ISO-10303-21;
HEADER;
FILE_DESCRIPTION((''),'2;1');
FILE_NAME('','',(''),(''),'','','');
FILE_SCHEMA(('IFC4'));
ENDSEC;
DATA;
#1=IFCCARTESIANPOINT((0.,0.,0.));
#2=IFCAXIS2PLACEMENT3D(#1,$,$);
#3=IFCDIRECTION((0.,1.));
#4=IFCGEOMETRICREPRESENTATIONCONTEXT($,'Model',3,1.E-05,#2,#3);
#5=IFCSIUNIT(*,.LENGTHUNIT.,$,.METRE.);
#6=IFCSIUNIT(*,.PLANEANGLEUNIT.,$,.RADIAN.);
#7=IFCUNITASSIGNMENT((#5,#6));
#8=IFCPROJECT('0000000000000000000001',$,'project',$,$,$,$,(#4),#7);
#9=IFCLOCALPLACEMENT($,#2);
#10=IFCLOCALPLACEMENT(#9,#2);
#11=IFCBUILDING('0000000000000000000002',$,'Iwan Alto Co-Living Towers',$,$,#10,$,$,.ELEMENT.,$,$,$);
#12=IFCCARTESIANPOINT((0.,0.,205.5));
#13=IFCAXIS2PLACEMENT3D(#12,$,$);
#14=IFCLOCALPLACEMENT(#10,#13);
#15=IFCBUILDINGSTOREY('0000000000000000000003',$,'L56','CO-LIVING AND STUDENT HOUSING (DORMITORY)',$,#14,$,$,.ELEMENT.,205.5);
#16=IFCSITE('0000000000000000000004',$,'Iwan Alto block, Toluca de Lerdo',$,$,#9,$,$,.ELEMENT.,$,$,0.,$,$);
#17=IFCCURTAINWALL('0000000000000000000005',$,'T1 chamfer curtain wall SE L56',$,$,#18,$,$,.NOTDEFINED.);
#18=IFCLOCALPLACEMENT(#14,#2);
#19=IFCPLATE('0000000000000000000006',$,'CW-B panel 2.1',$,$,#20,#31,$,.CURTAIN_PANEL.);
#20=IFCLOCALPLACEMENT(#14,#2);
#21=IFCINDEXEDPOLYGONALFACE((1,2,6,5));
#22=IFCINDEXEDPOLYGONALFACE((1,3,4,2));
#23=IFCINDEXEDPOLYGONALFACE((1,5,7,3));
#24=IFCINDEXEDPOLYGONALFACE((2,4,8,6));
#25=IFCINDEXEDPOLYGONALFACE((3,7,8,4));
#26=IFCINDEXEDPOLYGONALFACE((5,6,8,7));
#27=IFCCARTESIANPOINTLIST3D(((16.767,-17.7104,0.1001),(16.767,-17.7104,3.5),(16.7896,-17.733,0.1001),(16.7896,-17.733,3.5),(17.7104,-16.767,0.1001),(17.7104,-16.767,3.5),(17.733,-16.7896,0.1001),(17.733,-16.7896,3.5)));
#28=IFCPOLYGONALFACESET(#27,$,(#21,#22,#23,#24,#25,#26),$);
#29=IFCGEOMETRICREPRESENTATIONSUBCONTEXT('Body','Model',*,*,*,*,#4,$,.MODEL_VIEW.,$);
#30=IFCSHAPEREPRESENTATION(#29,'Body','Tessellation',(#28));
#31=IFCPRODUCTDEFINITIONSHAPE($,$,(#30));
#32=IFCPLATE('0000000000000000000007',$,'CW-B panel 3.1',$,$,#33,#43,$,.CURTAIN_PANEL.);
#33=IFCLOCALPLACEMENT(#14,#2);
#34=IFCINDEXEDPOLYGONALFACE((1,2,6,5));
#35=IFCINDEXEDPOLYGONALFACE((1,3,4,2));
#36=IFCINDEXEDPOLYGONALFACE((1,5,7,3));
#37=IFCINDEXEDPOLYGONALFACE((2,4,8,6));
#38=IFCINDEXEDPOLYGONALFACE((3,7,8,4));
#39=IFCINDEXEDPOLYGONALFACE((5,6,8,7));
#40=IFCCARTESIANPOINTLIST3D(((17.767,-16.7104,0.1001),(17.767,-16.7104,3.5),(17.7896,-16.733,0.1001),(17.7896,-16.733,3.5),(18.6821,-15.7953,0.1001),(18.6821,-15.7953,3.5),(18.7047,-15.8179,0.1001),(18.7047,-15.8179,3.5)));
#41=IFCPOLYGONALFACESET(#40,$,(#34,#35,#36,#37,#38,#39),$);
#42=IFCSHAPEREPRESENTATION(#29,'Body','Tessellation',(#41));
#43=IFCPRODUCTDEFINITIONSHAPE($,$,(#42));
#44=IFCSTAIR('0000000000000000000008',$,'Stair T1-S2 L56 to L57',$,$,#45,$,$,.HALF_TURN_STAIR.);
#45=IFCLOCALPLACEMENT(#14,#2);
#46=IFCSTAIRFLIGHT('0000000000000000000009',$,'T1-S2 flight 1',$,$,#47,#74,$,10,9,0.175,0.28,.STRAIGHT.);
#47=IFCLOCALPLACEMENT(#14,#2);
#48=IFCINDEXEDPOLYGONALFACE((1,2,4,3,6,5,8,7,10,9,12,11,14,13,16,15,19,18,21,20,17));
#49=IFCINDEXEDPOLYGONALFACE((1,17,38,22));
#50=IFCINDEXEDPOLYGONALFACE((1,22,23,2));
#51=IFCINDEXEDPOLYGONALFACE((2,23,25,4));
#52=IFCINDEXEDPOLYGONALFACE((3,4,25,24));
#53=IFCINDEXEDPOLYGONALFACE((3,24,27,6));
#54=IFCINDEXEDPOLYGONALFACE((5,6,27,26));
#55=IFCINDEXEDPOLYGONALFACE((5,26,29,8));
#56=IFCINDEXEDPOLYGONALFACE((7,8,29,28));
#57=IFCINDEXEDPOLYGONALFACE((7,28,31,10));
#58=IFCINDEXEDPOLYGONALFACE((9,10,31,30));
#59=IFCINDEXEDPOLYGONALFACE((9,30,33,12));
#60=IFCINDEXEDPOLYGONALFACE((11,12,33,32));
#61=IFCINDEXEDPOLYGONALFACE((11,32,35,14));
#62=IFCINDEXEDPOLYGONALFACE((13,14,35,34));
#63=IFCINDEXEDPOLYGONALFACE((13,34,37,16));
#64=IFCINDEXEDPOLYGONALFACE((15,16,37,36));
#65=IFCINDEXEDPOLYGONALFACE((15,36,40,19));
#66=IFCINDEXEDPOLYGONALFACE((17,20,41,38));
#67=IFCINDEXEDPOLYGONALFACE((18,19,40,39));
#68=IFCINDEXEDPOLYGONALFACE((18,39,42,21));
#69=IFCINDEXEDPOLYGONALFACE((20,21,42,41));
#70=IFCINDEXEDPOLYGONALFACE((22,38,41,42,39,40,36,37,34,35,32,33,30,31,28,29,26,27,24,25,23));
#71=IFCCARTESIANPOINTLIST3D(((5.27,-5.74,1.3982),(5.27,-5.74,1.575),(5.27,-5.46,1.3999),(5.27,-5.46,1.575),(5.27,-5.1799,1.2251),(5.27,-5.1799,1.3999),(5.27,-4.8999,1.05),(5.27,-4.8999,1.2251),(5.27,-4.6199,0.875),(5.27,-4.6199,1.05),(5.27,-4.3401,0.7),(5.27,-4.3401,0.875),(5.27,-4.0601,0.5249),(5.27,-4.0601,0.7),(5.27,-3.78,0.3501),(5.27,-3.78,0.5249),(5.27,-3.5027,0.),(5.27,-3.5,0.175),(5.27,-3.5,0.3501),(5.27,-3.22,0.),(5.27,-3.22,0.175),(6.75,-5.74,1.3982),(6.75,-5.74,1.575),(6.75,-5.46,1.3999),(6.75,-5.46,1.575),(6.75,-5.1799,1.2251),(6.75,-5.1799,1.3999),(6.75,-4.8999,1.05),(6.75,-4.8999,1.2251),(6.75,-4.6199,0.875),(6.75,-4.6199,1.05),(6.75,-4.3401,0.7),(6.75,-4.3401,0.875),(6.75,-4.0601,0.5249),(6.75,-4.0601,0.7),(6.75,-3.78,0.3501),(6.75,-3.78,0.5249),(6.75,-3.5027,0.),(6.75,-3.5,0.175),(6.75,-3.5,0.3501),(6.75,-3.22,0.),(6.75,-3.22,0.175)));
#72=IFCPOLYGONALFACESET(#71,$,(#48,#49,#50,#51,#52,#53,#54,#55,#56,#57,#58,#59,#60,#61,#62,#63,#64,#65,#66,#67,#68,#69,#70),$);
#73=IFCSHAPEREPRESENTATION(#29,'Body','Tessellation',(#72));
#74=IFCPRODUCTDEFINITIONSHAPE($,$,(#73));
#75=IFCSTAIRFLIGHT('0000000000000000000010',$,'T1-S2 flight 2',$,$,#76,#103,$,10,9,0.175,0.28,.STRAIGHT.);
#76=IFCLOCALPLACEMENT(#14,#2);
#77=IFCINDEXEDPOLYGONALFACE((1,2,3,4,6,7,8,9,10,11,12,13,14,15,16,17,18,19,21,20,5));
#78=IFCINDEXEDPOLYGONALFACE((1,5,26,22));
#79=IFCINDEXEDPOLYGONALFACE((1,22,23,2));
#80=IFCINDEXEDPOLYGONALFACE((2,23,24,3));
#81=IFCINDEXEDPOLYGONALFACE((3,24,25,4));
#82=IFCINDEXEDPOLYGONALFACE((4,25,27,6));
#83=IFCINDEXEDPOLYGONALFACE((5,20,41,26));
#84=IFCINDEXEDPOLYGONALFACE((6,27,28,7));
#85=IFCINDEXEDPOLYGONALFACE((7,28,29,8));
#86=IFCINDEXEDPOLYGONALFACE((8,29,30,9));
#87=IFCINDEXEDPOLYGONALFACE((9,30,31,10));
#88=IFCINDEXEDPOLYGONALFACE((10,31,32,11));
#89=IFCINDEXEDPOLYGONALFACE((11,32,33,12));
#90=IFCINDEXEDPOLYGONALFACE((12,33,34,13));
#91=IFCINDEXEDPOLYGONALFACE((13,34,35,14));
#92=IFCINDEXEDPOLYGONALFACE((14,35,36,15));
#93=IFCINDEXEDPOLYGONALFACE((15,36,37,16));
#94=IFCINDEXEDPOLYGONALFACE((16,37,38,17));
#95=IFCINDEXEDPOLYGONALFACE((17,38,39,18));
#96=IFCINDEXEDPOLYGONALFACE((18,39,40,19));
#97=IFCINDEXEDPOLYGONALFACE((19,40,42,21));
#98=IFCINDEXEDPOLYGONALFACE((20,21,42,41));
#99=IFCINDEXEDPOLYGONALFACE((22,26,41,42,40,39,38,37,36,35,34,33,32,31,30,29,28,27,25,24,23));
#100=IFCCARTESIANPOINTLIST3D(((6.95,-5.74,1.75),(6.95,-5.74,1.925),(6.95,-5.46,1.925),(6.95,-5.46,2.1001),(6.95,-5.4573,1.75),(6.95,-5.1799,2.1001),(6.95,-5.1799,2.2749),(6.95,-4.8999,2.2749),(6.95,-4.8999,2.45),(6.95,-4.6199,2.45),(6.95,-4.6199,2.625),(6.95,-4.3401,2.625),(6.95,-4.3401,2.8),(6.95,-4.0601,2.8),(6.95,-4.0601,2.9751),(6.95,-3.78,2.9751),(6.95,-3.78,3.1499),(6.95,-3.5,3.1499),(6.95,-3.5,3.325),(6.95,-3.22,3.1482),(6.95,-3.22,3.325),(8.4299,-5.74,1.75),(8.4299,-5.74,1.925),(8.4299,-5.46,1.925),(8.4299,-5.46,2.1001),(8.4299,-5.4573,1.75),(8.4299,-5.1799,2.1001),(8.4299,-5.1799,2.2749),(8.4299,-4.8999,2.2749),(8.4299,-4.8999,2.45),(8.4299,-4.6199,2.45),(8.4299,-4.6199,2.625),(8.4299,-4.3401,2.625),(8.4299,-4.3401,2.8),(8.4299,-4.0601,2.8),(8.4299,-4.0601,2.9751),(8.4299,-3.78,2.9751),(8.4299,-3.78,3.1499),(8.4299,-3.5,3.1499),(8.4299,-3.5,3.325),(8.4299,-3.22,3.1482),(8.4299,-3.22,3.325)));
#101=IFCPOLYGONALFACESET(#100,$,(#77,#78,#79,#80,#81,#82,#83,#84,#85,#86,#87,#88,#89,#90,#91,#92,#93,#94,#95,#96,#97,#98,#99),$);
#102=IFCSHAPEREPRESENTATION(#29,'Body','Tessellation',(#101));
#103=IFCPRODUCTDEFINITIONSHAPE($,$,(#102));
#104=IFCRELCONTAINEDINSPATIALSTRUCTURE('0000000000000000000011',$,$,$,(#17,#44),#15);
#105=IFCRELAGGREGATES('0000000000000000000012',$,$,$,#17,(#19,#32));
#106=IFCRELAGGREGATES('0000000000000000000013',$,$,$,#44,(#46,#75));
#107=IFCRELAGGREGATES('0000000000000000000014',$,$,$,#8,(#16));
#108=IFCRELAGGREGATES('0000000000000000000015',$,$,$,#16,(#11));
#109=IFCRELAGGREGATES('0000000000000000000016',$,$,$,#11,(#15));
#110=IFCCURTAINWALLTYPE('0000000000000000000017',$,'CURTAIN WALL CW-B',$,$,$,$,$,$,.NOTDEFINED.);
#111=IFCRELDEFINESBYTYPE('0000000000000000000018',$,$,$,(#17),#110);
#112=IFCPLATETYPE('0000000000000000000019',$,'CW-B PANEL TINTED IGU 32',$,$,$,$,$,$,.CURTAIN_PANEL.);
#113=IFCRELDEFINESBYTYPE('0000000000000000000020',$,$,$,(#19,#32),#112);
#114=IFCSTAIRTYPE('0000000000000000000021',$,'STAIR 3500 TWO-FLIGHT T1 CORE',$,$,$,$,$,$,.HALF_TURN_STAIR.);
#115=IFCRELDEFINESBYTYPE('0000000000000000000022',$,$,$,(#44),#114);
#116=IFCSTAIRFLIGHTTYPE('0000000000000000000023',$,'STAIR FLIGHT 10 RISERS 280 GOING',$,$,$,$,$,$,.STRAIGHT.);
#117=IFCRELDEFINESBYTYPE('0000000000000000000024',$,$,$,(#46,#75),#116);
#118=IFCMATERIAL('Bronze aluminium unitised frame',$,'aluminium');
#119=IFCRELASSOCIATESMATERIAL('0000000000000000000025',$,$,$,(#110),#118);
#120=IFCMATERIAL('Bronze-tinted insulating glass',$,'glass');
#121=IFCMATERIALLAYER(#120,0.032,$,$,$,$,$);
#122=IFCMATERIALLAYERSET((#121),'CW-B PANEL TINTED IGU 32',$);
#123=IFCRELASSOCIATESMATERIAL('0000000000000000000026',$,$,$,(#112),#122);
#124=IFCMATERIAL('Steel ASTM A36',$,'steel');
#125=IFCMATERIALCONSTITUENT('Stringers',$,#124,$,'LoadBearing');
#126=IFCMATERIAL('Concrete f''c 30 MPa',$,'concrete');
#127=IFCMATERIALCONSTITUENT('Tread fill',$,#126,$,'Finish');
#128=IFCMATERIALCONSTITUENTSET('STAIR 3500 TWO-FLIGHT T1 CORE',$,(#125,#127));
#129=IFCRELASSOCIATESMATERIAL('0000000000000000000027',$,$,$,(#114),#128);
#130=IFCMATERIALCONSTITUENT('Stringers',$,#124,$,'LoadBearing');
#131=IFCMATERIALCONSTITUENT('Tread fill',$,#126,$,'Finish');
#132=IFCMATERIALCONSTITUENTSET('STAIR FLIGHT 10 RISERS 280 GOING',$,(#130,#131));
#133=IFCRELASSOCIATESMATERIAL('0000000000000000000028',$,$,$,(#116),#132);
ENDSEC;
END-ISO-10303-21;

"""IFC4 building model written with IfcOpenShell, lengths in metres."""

from ifc_helpers import new_model, si_unit, direction, frame, origin, origin_2d, place, context, subcontext, project, spatial, polyline, rectangle, outline, extrude, material, layer, layer_set, constituent, constituent_set, type_object, element, aggregate, save


model = new_model("IFC4")

# Units and contexts
model_context = context("Model", 3, precision=1e-05, world=origin(), true_north=direction((0.0, 1.0)))
body_context = subcontext(model_context, "Body", "Model", "MODEL_VIEW")
ifc_project = project(units=[si_unit("LENGTHUNIT", "METRE"), si_unit("PLANEANGLEUNIT", "RADIAN")], contexts=[model_context])

# Site, building, storey
site_placement = place(None, origin())
site = spatial("IfcSite", under=ifc_project, at=site_placement, Name="Iwan Alto block, Toluca de Lerdo", CompositionType="ELEMENT", RefElevation=0.0)
building_placement = place(site_placement, origin())
building = spatial("IfcBuilding", under=site, at=building_placement, Name="Iwan Alto Co-Living Towers", CompositionType="ELEMENT")
storey_placement = place(building_placement, frame((0.0, 0.0, 205.5)))
storey = spatial("IfcBuildingStorey", under=building, at=storey_placement, Name="L56", Description="CO-LIVING AND STUDENT HOUSING (DORMITORY)", CompositionType="ELEMENT", Elevation=205.5)

# Curtain wall
ifc_material_1 = material(Name="Bronze aluminium unitised frame", Category="aluminium")
curtain_wall_type_1 = type_object("IfcCurtainWallType", Name="CURTAIN WALL CW-B", PredefinedType="NOTDEFINED", material=ifc_material_1)
curtain_wall_1_placement = place(storey_placement, origin())
curtain_wall_1 = element("IfcCurtainWall", 1, at=curtain_wall_1_placement, inside=storey, type_object=curtain_wall_type_1, Name="T1 chamfer curtain wall SE L56", PredefinedType="NOTDEFINED")

# Plates
ifc_material_2 = material(Name="Bronze-tinted insulating glass", Category="glass")
ifc_layer_1 = layer(ifc_material_2, 0.032)
ifc_layer_set_1 = layer_set([ifc_layer_1], Name="CW-B PANEL TINTED IGU 32")
plate_type_1 = type_object("IfcPlateType", Name="CW-B PANEL TINTED IGU 32", PredefinedType="CURTAIN_PANEL", material=ifc_layer_set_1)
plate_1_placement = place(storey_placement, frame((17.25, -17.25, 0.1001), z_axis=(0.0, 0.0, 1.0), x_axis=(0.707107, 0.707107, 0.0)))
plate_1 = element("IfcPlate", 2, at=plate_1_placement, type_object=plate_type_1, Name="CW-B panel 2.1", PredefinedType="CURTAIN_PANEL", context=body_context, shape_type="SweptSolid", body=[
    extrude(rectangle(XDim=1.3342, YDim=0.032, at=origin_2d()), origin(), (0.0, 0.0, 1.0), 3.3999),
])
plate_2_placement = place(storey_placement, frame((18.2358, -16.2642, 0.1001), z_axis=(0.0, 0.0, 1.0), x_axis=(0.707107, 0.707107, 0.0)))
plate_2 = element("IfcPlate", 3, at=plate_2_placement, type_object=plate_type_1, Name="CW-B panel 3.1", PredefinedType="CURTAIN_PANEL", context=body_context, shape_type="SweptSolid", body=[
    extrude(rectangle(XDim=1.2942, YDim=0.032, at=origin_2d()), origin(), (0.0, 0.0, 1.0), 3.3999),
])
aggregate(curtain_wall_1, [plate_1, plate_2])

# Stair, stair flights
ifc_material_3 = material(Name="Steel ASTM A36", Category="steel")
ifc_constituent_1 = constituent(ifc_material_3, Name="Stringers", Category="LoadBearing")
ifc_material_4 = material(Name="Concrete f'c 30 MPa", Category="concrete")
ifc_constituent_2 = constituent(ifc_material_4, Name="Tread fill", Category="Finish")
ifc_constituent_set_1 = constituent_set(constituents=[ifc_constituent_1, ifc_constituent_2], Name="STAIR 3500 TWO-FLIGHT T1 CORE")
stair_type = type_object("IfcStairType", Name="STAIR 3500 TWO-FLIGHT T1 CORE", PredefinedType="HALF_TURN_STAIR", material=ifc_constituent_set_1)
stair_placement = place(storey_placement, origin())
stair = element("IfcStair", 4, at=stair_placement, inside=storey, type_object=stair_type, Name="Stair T1-S2 L56 to L57", PredefinedType="HALF_TURN_STAIR")
ifc_constituent_3 = constituent(ifc_material_3, Name="Stringers", Category="LoadBearing")
ifc_constituent_4 = constituent(ifc_material_4, Name="Tread fill", Category="Finish")
ifc_constituent_set_2 = constituent_set(constituents=[ifc_constituent_3, ifc_constituent_4], Name="STAIR FLIGHT 10 RISERS 280 GOING")
stair_flight_type = type_object("IfcStairFlightType", Name="STAIR FLIGHT 10 RISERS 280 GOING", PredefinedType="STRAIGHT", material=ifc_constituent_set_2)
stair_flight_1_placement = place(storey_placement, frame((6.01, -3.22, 0.0), z_axis=(0.0, 0.0, 1.0), x_axis=(0.0, -1.0, 0.0)))
stair_flight_1 = element("IfcStairFlight", 5, at=stair_flight_1_placement, type_object=stair_flight_type, Name="T1-S2 flight 1", NumberOfRisers=10, NumberOfTreads=9, PredefinedType="STRAIGHT", RiserHeight=0.175, TreadLength=0.28, context=body_context, shape_type="SweptSolid", body=[
    extrude(outline(polyline([(0.0, 0.0), (0.0, 0.175), (0.28, 0.175), (0.28, 0.3501), (0.5601, 0.3501), (0.5601, 0.5249), (0.8401, 0.5249), (0.8401, 0.7), (1.1201, 0.7), (1.1201, 0.875), (1.3999, 0.875), (1.3999, 1.05), (1.6799, 1.05), (1.6799, 1.2251), (1.96, 1.2251), (1.96, 1.3999), (2.24, 1.3999), (2.24, 1.575), (2.52, 1.575), (2.52, 1.75), (2.52, 1.3982), (0.2827, 0.0), (0.0, 0.0)])), frame((0.0, 0.74, 0.0), z_axis=(0.0, -1.0, 0.0), x_axis=(1.0, 0.0, 0.0)), (0.0, 0.0, 1.0), 1.48),
])
stair_flight_2_placement = place(storey_placement, frame((7.6899, -5.74, 1.75), z_axis=(0.0, 0.0, 1.0), x_axis=(0.0, 1.0, 0.0)))
stair_flight_2 = element("IfcStairFlight", 6, at=stair_flight_2_placement, type_object=stair_flight_type, Name="T1-S2 flight 2", NumberOfRisers=10, NumberOfTreads=9, PredefinedType="STRAIGHT", RiserHeight=0.175, TreadLength=0.28, context=body_context, shape_type="SweptSolid", body=[
    extrude(outline(polyline([(0.0, 0.0), (0.0, 0.175), (0.28, 0.175), (0.28, 0.3501), (0.5601, 0.3501), (0.5601, 0.5249), (0.8401, 0.5249), (0.8401, 0.7), (1.1201, 0.7), (1.1201, 0.875), (1.3999, 0.875), (1.3999, 1.05), (1.6799, 1.05), (1.6799, 1.2251), (1.96, 1.2251), (1.96, 1.3999), (2.24, 1.3999), (2.24, 1.575), (2.52, 1.575), (2.52, 1.75), (2.52, 1.3982), (0.2827, 0.0), (0.0, 0.0)])), frame((0.0, 0.74, 0.0), z_axis=(0.0, -1.0, 0.0), x_axis=(1.0, 0.0, 0.0)), (0.0, 0.0, 1.0), 1.48),
])
aggregate(stair, [stair_flight_1, stair_flight_2])

save(model, "model.ifc")
